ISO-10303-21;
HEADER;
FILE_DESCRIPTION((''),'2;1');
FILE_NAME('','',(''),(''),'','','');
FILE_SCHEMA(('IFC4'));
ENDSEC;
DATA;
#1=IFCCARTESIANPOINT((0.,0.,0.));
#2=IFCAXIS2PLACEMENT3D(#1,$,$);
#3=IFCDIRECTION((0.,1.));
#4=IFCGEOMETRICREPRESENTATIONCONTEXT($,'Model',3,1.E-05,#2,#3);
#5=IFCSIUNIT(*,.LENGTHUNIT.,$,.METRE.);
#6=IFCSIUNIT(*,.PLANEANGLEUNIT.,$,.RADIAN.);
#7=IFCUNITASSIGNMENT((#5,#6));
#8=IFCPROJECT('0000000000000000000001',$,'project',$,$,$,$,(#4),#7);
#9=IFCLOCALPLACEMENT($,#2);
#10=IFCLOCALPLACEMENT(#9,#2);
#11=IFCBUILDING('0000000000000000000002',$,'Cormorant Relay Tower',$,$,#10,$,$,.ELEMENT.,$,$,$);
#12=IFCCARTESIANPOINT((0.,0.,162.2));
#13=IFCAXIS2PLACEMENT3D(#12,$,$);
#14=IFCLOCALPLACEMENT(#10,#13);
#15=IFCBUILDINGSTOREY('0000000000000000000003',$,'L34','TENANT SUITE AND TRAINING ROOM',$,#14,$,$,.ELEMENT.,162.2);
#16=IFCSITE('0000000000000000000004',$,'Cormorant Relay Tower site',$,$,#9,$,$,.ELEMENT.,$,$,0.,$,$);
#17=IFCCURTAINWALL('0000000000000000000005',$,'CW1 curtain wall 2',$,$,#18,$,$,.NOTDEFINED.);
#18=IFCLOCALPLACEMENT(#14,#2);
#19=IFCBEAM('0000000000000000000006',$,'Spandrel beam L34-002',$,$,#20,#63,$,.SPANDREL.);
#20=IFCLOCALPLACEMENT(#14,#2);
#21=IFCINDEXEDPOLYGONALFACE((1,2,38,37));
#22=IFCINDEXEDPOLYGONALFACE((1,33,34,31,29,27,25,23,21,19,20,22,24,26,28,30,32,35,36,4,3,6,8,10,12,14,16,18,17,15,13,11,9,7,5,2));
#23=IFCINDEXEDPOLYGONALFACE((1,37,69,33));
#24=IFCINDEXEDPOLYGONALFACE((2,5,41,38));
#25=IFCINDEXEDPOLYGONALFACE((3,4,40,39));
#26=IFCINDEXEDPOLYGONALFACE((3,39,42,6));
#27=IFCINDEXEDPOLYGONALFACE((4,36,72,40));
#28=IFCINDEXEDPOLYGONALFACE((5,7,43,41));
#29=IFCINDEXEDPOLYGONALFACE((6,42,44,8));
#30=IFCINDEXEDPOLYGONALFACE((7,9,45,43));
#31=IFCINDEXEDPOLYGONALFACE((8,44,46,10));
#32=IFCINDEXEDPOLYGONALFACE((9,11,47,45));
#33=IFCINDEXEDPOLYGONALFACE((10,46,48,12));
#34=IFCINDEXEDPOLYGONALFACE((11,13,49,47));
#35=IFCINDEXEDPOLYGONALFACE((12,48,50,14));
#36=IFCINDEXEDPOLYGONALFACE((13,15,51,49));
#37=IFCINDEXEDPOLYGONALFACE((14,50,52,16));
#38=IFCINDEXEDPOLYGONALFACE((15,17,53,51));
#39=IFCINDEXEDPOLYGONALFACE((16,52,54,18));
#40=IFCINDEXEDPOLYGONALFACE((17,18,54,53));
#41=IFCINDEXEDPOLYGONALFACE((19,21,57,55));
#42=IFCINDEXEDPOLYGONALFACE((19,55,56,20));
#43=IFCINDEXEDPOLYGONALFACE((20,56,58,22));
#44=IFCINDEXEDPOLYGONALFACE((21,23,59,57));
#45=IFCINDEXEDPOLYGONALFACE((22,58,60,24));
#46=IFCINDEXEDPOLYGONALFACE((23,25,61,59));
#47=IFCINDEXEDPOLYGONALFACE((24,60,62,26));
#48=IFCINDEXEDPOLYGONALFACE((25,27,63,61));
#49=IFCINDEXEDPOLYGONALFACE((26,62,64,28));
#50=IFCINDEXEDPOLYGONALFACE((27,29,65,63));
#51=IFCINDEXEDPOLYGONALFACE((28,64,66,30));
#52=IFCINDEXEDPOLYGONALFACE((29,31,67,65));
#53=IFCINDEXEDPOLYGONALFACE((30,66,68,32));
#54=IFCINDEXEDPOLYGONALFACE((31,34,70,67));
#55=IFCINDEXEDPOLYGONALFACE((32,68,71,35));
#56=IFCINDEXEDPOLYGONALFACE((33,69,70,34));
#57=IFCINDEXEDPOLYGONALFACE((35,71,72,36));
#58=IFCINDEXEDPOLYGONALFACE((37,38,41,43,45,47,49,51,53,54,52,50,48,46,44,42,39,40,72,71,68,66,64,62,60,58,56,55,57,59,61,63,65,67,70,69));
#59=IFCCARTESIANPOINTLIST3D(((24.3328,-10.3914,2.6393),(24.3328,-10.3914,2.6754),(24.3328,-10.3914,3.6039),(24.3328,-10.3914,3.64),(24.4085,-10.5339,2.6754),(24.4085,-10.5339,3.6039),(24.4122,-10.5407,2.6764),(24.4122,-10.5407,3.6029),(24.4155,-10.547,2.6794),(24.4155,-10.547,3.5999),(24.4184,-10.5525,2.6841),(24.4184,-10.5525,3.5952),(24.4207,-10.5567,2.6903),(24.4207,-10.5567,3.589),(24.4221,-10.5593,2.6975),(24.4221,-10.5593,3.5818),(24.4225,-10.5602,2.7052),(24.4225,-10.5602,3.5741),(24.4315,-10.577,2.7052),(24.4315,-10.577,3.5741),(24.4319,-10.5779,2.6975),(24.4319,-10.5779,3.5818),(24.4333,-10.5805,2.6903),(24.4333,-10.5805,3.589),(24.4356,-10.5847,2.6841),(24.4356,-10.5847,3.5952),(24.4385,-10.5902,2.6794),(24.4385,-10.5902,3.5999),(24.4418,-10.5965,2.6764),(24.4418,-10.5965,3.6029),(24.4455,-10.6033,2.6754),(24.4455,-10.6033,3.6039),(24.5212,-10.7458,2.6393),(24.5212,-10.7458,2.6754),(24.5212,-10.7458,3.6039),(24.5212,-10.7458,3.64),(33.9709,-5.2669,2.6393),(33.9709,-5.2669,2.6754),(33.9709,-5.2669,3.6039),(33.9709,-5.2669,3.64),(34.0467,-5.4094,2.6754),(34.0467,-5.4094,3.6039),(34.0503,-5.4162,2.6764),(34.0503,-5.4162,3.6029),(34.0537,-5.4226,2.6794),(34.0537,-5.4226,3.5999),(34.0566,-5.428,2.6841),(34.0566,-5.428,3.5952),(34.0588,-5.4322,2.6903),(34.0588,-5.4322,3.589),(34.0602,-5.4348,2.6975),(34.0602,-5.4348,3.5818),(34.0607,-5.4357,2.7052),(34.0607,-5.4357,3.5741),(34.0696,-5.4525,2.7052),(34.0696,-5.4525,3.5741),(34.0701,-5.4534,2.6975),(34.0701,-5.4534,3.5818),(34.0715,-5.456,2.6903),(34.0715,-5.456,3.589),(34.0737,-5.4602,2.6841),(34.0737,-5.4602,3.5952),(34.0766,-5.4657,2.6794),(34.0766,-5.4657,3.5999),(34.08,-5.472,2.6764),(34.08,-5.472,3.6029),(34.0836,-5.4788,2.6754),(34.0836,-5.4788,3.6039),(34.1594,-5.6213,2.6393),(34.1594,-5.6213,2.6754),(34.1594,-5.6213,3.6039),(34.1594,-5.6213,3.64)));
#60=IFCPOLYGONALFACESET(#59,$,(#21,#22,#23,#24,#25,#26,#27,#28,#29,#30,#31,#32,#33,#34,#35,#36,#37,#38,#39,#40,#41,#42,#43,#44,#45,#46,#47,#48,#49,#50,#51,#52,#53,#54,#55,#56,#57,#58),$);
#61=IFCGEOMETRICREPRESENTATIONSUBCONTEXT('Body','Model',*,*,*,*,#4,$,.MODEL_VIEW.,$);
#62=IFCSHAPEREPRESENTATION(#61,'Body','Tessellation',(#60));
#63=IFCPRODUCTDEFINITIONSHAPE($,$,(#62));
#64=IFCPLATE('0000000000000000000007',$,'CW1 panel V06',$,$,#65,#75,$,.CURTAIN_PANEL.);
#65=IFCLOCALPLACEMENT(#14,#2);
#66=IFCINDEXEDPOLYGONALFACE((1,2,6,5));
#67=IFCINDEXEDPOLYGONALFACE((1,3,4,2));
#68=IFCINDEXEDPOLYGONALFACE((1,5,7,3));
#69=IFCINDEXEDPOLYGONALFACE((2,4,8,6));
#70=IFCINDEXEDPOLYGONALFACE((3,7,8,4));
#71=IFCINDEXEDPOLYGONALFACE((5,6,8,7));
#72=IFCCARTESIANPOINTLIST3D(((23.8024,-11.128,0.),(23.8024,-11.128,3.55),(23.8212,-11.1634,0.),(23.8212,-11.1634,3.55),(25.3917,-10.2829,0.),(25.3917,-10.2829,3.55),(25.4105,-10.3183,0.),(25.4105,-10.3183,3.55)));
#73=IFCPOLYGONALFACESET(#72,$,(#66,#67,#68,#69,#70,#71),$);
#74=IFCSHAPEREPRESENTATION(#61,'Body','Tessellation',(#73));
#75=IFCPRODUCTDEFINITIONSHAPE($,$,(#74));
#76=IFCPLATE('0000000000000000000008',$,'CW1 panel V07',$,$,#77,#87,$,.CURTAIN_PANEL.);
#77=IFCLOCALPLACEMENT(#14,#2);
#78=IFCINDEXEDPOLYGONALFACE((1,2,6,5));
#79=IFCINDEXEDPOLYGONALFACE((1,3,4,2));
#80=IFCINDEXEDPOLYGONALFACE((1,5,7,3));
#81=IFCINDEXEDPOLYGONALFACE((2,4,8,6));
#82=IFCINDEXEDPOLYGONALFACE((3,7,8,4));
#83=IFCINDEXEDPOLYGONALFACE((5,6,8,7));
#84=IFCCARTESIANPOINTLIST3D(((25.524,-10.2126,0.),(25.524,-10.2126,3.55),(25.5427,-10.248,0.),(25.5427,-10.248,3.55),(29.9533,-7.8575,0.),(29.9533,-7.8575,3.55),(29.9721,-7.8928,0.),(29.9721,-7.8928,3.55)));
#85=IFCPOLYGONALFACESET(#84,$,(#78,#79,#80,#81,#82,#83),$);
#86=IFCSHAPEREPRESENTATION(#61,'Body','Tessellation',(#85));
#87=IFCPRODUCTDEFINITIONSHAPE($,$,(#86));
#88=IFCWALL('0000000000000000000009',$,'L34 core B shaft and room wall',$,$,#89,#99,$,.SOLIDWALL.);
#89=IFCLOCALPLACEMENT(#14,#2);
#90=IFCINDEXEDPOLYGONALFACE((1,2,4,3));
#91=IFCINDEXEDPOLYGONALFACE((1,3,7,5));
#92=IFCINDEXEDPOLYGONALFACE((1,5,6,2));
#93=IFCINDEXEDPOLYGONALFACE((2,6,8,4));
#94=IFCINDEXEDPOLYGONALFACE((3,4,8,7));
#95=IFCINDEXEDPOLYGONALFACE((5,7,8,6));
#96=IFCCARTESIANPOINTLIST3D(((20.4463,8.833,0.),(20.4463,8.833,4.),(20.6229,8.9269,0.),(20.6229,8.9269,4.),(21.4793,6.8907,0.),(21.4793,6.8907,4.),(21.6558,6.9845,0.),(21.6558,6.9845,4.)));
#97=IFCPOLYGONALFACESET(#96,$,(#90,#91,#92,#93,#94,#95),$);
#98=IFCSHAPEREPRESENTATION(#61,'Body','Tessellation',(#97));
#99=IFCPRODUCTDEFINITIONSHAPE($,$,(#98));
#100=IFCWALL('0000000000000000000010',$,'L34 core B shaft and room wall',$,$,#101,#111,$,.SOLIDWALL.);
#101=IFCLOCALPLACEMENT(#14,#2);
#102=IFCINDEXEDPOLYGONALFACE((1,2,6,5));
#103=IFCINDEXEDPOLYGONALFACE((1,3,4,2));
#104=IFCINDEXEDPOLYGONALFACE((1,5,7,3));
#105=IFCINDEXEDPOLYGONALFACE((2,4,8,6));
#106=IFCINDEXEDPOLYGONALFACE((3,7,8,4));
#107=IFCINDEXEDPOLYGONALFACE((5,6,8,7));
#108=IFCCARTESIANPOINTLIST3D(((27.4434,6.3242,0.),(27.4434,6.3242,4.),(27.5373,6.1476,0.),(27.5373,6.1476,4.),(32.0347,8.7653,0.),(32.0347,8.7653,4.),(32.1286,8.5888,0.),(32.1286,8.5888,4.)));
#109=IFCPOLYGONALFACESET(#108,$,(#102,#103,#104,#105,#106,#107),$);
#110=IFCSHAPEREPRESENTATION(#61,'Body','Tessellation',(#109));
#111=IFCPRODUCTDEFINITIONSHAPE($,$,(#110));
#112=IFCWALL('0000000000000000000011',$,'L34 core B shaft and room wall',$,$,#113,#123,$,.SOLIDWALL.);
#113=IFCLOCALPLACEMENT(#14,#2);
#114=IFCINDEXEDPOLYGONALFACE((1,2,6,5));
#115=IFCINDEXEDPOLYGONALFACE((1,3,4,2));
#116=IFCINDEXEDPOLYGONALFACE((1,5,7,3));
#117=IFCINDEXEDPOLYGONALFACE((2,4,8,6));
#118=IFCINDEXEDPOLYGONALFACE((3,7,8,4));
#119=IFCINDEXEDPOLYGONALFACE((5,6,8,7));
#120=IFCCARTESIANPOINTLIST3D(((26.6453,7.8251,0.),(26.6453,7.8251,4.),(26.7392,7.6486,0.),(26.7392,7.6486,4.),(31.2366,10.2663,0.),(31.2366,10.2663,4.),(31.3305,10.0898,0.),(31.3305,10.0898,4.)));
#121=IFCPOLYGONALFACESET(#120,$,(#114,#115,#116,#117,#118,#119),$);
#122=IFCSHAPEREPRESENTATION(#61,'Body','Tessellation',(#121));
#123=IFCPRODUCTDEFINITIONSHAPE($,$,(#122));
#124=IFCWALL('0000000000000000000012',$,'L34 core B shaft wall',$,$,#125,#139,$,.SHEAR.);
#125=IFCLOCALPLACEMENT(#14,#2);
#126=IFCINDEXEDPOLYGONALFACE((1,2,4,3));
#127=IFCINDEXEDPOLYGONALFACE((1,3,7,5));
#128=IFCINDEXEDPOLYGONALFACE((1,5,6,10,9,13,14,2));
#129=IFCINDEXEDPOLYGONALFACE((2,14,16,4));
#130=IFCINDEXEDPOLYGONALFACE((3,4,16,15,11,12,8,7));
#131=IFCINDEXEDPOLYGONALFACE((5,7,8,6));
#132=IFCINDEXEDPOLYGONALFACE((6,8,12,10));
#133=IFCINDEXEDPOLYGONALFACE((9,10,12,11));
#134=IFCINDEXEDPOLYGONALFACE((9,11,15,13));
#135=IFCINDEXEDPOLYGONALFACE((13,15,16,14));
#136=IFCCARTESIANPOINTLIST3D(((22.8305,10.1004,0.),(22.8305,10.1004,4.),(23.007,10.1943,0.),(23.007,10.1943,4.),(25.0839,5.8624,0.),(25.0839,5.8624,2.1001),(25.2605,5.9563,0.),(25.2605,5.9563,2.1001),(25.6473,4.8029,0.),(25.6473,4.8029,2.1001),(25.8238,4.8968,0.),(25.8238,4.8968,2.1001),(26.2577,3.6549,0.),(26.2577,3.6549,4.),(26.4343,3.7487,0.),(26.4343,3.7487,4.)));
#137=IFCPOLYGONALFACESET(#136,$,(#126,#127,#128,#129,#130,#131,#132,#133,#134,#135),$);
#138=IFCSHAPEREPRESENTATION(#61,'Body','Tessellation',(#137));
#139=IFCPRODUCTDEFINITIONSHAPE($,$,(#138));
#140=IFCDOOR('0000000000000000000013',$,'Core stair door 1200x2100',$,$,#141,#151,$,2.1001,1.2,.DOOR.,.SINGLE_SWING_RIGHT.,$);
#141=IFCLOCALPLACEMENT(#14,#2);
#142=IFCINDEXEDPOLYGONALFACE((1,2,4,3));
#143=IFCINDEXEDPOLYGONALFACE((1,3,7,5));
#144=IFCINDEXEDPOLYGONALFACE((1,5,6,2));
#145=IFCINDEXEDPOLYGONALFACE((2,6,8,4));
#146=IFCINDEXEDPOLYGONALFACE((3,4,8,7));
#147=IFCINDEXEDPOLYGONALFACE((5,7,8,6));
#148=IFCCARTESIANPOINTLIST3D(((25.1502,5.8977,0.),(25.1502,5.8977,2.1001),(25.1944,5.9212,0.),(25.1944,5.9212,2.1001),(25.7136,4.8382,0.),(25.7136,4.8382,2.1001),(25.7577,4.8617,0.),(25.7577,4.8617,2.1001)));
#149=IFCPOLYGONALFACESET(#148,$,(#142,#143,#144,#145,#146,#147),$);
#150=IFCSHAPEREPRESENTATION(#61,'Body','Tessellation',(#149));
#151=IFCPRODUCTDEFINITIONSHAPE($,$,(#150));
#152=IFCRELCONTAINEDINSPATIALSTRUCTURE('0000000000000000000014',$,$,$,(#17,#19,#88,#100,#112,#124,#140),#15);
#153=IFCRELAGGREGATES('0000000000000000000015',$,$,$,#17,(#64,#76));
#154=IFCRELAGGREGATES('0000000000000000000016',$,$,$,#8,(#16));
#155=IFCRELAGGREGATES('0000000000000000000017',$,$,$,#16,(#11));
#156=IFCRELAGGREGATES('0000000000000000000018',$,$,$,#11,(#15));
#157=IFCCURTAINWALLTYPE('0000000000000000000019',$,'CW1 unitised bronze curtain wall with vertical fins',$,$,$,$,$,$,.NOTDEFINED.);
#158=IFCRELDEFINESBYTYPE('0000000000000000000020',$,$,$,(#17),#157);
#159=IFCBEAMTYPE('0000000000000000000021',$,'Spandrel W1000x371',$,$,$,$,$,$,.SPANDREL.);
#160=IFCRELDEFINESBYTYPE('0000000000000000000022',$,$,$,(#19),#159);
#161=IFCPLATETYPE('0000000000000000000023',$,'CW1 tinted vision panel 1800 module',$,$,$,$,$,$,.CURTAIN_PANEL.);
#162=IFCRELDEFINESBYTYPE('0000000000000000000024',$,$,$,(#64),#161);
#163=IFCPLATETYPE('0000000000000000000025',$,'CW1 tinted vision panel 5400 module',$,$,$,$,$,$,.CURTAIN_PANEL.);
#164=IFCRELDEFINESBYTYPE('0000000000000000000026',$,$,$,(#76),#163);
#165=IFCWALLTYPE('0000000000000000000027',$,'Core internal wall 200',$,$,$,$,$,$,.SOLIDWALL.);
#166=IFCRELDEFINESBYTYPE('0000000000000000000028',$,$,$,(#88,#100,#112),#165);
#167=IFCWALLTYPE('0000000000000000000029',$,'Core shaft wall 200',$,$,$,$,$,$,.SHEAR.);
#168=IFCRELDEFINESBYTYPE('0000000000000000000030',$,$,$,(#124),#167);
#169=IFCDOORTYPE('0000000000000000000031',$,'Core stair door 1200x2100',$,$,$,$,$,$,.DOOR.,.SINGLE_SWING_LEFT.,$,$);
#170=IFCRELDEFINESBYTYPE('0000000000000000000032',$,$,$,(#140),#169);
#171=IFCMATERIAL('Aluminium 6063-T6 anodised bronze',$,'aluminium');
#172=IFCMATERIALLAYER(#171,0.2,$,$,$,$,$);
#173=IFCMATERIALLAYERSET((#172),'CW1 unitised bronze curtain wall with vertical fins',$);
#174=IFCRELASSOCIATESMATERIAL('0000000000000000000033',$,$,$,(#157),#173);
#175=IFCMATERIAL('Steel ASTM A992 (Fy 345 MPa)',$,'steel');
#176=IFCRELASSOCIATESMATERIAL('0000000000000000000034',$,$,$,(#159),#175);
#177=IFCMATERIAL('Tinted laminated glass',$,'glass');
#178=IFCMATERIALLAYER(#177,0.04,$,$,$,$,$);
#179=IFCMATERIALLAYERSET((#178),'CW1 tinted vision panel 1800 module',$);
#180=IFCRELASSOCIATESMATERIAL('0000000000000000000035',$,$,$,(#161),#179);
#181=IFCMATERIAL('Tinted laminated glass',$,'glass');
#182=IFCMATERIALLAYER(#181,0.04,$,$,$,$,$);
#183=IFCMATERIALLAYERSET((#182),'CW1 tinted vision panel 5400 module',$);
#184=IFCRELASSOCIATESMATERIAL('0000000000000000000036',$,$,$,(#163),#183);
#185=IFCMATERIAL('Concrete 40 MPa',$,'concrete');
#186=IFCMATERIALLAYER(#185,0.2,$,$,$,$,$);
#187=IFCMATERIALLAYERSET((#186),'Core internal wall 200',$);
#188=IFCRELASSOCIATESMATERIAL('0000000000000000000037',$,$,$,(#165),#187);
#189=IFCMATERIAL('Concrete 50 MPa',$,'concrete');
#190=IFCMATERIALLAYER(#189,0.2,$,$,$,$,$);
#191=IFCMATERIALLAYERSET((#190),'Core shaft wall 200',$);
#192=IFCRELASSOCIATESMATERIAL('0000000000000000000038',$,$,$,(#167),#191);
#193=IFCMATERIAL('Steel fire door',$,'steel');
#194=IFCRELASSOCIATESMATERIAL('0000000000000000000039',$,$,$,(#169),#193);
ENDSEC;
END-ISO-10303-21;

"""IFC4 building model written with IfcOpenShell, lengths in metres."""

from ifc_helpers import new_model, si_unit, direction, frame, frame_2d, origin, origin_2d, place, context, subcontext, project, spatial, rectangle, i_section, extrude, material, layer, layer_set, material_profile, profile_set, type_object, element, fill, aggregate, save


model = new_model("IFC4")

# Units and contexts
model_context = context("Model", 3, precision=1e-05, world=origin(), true_north=direction((0.0, 1.0)))
body_context = subcontext(model_context, "Body", "Model", "MODEL_VIEW")
ifc_project = project(units=[si_unit("LENGTHUNIT", "METRE"), si_unit("PLANEANGLEUNIT", "RADIAN")], contexts=[model_context])

# Site, building, storey
site_placement = place(None, origin())
site = spatial("IfcSite", under=ifc_project, at=site_placement, Name="Cormorant Relay Tower site", CompositionType="ELEMENT", RefElevation=0.0)
building_placement = place(site_placement, origin())
building = spatial("IfcBuilding", under=site, at=building_placement, Name="Cormorant Relay Tower", CompositionType="ELEMENT")
storey_placement = place(building_placement, frame((0.0, 0.0, 162.2)))
storey = spatial("IfcBuildingStorey", under=building, at=storey_placement, Name="L34", Description="TENANT SUITE AND TRAINING ROOM", CompositionType="ELEMENT", Elevation=162.2)

# Curtain wall
ifc_material_1 = material(Name="Aluminium 6063-T6 anodised bronze", Category="aluminium")
ifc_layer_1 = layer(ifc_material_1, 0.2)
ifc_layer_set_1 = layer_set([ifc_layer_1], Name="CW1 unitised bronze curtain wall with vertical fins")
curtain_wall_type = type_object("IfcCurtainWallType", Name="CW1 unitised bronze curtain wall with vertical fins", PredefinedType="NOTDEFINED", material=ifc_layer_set_1)
curtain_wall_1_placement = place(storey_placement, origin())
curtain_wall_1 = element("IfcCurtainWall", 1, at=curtain_wall_1_placement, inside=storey, type_object=curtain_wall_type, Name="CW1 curtain wall 2", PredefinedType="NOTDEFINED")

# Beam
ifc_material_2 = material(Name="Steel ASTM A992 (Fy 345 MPa)", Category="steel")
ifc_material_profile_1 = material_profile(ifc_material_2, i_section(OverallWidth=0.4014, OverallDepth=1.0007, WebThickness=0.019, FlangeThickness=0.0361, FilletRadius=0.0298, at=origin_2d()), Name="W1000x371")
ifc_profile_set_1 = profile_set([ifc_material_profile_1], Name="Steel ASTM A992 (Fy 345 MPa)")
beam_type = type_object("IfcBeamType", Name="Spandrel W1000x371", PredefinedType="SPANDREL", material=ifc_profile_set_1)
beam_placement = place(storey_placement, frame((24.427, -10.5686, 3.1396), z_axis=(0.882955, 0.469457, 0.0), x_axis=(-0.469457, 0.882955, 0.0)))
element("IfcBeam", 2, at=beam_placement, inside=storey, type_object=beam_type, Name="Spandrel beam L34-002", PredefinedType="SPANDREL", context=body_context, shape_type="SweptSolid", body=[
    extrude(i_section(OverallWidth=0.4014, OverallDepth=1.0007, WebThickness=0.019, FlangeThickness=0.0361, FilletRadius=0.0298, at=origin_2d()), origin(), (0.0, 0.0, 1.0), 10.9158),
])

# Plates
ifc_material_3 = material(Name="Tinted laminated glass", Category="glass")
ifc_layer_2 = layer(ifc_material_3, 0.04)
ifc_layer_set_2 = layer_set([ifc_layer_2], Name="CW1 tinted vision panel 1800 module")
plate_type_1 = type_object("IfcPlateType", Name="CW1 tinted vision panel 1800 module", PredefinedType="CURTAIN_PANEL", material=ifc_layer_set_2)
plate_1_placement = place(storey_placement, frame((24.6064, -10.7231, 0.0), z_axis=(0.0, 0.0, 1.0), x_axis=(0.882948, 0.469472, 0.0)))
plate_1 = element("IfcPlate", 3, at=plate_1_placement, type_object=plate_type_1, Name="CW1 panel V06", PredefinedType="CURTAIN_PANEL", context=body_context, shape_type="SweptSolid", body=[
    extrude(rectangle(XDim=1.8, YDim=0.04, at=origin_2d()), origin(), (0.0, 0.0, 1.0), 3.55),
])
ifc_material_4 = material(Name="Tinted laminated glass", Category="glass")
ifc_layer_3 = layer(ifc_material_4, 0.04)
ifc_layer_set_3 = layer_set([ifc_layer_3], Name="CW1 tinted vision panel 5400 module")
plate_type_2 = type_object("IfcPlateType", Name="CW1 tinted vision panel 5400 module", PredefinedType="CURTAIN_PANEL", material=ifc_layer_set_3)
plate_2_placement = place(storey_placement, frame((27.748, -9.0527, 0.0), z_axis=(0.0, 0.0, 1.0), x_axis=(0.882948, 0.469472, 0.0)))
plate_2 = element("IfcPlate", 4, at=plate_2_placement, type_object=plate_type_2, Name="CW1 panel V07", PredefinedType="CURTAIN_PANEL", context=body_context, shape_type="SweptSolid", body=[
    extrude(rectangle(XDim=5.0166, YDim=0.04, at=origin_2d()), origin(), (0.0, 0.0, 1.0), 3.55),
])

# Walls
ifc_material_5 = material(Name="Concrete 40 MPa", Category="concrete")
ifc_layer_4 = layer(ifc_material_5, 0.2)
ifc_layer_set_4 = layer_set([ifc_layer_4], Name="Core internal wall 200")
wall_type_1 = type_object("IfcWallType", Name="Core internal wall 200", PredefinedType="SOLIDWALL", material=ifc_layer_set_4)
wall_1_placement = place(storey_placement, frame((21.5676, 6.9375, 0.0), z_axis=(0.0, 0.0, 1.0), x_axis=(-0.469534, 0.882914, 0.0)))
element("IfcWall", 5, at=wall_1_placement, inside=storey, type_object=wall_type_1, Name="L34 core B shaft and room wall", PredefinedType="SOLIDWALL", context=body_context, shape_type="SweptSolid", body=[
    extrude(rectangle(XDim=2.2, YDim=0.2, at=frame_2d((1.1001, 0.0))), origin(), (0.0, 0.0, 1.0), 4.0),
])
for number, where, z_axis, x_axis, name in (
    (6, (27.4902, 6.2358, 0.0), (0.0, 0.0, 1.0), (0.882954, 0.46946, 0.0), "L34 core B shaft and room wall"),
    (7, (26.6921, 7.7368, 0.0), (0.0, 0.0, 1.0), (0.882954, 0.46946, 0.0), "L34 core B shaft and room wall"),
):
    element("IfcWall", number, at=place(storey_placement, frame(where, z_axis=z_axis, x_axis=x_axis)), inside=storey, type_object=wall_type_1, Name=name, PredefinedType="SOLIDWALL", context=body_context, shape_type="SweptSolid", body=[
        extrude(rectangle(XDim=5.2, YDim=0.2, at=frame_2d((2.6001, 0.0))), origin(), (0.0, 0.0, 1.0), 4.0),
    ])

# Wall, opening, door
ifc_material_6 = material(Name="Concrete 50 MPa", Category="concrete")
ifc_layer_5 = layer(ifc_material_6, 0.2)
ifc_layer_set_5 = layer_set([ifc_layer_5], Name="Core shaft wall 200")
wall_type_2 = type_object("IfcWallType", Name="Core shaft wall 200", PredefinedType="SHEAR", material=ifc_layer_set_5)
wall_2_placement = place(storey_placement, frame((26.3459, 3.7019, 0.0), z_axis=(0.0, 0.0, 1.0), x_axis=(-0.46948, 0.882943, 0.0)))
wall_2 = element("IfcWall", 8, at=wall_2_placement, inside=storey, type_object=wall_type_2, Name="L34 core B shaft wall", PredefinedType="SHEAR", context=body_context, shape_type="SweptSolid", body=[
    extrude(rectangle(XDim=7.3, YDim=0.2, at=frame_2d((3.6499, 0.0))), origin(), (0.0, 0.0, 1.0), 4.0),
])
opening_1_placement = place(wall_2_placement, frame((1.3, 0.0, 0.0)))
opening_1 = element("IfcOpeningElement", 9, at=opening_1_placement, cuts=wall_2, PredefinedType="OPENING", context=body_context, shape_type="SweptSolid", body=[
    extrude(rectangle(XDim=1.2, YDim=2.1001, at=frame_2d((0.6001, 1.05))), frame((0.0, 0.1099, 0.0), z_axis=(0.0, -1.0, 0.0), x_axis=(1.0, 0.0, 0.0)), (0.0, 0.0, 1.0), 0.22),
])
ifc_material_7 = material(Name="Steel fire door", Category="steel")
door_type_1 = type_object("IfcDoorType", Name="Core stair door 1200x2100", OperationType="SINGLE_SWING_LEFT", PredefinedType="DOOR", material=ifc_material_7)
door_1_placement = place(opening_1_placement, origin())
door_1 = element("IfcDoor", 10, at=door_1_placement, inside=storey, type_object=door_type_1, Name="Core stair door 1200x2100", OperationType="SINGLE_SWING_RIGHT", OverallHeight=2.1001, OverallWidth=1.2, PredefinedType="DOOR", context=body_context, shape_type="SweptSolid", body=[
    extrude(rectangle(XDim=1.2, YDim=2.1001, at=frame_2d((0.6001, 1.05))), frame((0.0, 0.0249, 0.0), z_axis=(0.0, -1.0, 0.0), x_axis=(1.0, 0.0, 0.0)), (0.0, 0.0, 1.0), 0.05),
])
fill(opening_1, door_1)

aggregate(curtain_wall_1, [plate_1, plate_2])

save(model, "model.ifc")
